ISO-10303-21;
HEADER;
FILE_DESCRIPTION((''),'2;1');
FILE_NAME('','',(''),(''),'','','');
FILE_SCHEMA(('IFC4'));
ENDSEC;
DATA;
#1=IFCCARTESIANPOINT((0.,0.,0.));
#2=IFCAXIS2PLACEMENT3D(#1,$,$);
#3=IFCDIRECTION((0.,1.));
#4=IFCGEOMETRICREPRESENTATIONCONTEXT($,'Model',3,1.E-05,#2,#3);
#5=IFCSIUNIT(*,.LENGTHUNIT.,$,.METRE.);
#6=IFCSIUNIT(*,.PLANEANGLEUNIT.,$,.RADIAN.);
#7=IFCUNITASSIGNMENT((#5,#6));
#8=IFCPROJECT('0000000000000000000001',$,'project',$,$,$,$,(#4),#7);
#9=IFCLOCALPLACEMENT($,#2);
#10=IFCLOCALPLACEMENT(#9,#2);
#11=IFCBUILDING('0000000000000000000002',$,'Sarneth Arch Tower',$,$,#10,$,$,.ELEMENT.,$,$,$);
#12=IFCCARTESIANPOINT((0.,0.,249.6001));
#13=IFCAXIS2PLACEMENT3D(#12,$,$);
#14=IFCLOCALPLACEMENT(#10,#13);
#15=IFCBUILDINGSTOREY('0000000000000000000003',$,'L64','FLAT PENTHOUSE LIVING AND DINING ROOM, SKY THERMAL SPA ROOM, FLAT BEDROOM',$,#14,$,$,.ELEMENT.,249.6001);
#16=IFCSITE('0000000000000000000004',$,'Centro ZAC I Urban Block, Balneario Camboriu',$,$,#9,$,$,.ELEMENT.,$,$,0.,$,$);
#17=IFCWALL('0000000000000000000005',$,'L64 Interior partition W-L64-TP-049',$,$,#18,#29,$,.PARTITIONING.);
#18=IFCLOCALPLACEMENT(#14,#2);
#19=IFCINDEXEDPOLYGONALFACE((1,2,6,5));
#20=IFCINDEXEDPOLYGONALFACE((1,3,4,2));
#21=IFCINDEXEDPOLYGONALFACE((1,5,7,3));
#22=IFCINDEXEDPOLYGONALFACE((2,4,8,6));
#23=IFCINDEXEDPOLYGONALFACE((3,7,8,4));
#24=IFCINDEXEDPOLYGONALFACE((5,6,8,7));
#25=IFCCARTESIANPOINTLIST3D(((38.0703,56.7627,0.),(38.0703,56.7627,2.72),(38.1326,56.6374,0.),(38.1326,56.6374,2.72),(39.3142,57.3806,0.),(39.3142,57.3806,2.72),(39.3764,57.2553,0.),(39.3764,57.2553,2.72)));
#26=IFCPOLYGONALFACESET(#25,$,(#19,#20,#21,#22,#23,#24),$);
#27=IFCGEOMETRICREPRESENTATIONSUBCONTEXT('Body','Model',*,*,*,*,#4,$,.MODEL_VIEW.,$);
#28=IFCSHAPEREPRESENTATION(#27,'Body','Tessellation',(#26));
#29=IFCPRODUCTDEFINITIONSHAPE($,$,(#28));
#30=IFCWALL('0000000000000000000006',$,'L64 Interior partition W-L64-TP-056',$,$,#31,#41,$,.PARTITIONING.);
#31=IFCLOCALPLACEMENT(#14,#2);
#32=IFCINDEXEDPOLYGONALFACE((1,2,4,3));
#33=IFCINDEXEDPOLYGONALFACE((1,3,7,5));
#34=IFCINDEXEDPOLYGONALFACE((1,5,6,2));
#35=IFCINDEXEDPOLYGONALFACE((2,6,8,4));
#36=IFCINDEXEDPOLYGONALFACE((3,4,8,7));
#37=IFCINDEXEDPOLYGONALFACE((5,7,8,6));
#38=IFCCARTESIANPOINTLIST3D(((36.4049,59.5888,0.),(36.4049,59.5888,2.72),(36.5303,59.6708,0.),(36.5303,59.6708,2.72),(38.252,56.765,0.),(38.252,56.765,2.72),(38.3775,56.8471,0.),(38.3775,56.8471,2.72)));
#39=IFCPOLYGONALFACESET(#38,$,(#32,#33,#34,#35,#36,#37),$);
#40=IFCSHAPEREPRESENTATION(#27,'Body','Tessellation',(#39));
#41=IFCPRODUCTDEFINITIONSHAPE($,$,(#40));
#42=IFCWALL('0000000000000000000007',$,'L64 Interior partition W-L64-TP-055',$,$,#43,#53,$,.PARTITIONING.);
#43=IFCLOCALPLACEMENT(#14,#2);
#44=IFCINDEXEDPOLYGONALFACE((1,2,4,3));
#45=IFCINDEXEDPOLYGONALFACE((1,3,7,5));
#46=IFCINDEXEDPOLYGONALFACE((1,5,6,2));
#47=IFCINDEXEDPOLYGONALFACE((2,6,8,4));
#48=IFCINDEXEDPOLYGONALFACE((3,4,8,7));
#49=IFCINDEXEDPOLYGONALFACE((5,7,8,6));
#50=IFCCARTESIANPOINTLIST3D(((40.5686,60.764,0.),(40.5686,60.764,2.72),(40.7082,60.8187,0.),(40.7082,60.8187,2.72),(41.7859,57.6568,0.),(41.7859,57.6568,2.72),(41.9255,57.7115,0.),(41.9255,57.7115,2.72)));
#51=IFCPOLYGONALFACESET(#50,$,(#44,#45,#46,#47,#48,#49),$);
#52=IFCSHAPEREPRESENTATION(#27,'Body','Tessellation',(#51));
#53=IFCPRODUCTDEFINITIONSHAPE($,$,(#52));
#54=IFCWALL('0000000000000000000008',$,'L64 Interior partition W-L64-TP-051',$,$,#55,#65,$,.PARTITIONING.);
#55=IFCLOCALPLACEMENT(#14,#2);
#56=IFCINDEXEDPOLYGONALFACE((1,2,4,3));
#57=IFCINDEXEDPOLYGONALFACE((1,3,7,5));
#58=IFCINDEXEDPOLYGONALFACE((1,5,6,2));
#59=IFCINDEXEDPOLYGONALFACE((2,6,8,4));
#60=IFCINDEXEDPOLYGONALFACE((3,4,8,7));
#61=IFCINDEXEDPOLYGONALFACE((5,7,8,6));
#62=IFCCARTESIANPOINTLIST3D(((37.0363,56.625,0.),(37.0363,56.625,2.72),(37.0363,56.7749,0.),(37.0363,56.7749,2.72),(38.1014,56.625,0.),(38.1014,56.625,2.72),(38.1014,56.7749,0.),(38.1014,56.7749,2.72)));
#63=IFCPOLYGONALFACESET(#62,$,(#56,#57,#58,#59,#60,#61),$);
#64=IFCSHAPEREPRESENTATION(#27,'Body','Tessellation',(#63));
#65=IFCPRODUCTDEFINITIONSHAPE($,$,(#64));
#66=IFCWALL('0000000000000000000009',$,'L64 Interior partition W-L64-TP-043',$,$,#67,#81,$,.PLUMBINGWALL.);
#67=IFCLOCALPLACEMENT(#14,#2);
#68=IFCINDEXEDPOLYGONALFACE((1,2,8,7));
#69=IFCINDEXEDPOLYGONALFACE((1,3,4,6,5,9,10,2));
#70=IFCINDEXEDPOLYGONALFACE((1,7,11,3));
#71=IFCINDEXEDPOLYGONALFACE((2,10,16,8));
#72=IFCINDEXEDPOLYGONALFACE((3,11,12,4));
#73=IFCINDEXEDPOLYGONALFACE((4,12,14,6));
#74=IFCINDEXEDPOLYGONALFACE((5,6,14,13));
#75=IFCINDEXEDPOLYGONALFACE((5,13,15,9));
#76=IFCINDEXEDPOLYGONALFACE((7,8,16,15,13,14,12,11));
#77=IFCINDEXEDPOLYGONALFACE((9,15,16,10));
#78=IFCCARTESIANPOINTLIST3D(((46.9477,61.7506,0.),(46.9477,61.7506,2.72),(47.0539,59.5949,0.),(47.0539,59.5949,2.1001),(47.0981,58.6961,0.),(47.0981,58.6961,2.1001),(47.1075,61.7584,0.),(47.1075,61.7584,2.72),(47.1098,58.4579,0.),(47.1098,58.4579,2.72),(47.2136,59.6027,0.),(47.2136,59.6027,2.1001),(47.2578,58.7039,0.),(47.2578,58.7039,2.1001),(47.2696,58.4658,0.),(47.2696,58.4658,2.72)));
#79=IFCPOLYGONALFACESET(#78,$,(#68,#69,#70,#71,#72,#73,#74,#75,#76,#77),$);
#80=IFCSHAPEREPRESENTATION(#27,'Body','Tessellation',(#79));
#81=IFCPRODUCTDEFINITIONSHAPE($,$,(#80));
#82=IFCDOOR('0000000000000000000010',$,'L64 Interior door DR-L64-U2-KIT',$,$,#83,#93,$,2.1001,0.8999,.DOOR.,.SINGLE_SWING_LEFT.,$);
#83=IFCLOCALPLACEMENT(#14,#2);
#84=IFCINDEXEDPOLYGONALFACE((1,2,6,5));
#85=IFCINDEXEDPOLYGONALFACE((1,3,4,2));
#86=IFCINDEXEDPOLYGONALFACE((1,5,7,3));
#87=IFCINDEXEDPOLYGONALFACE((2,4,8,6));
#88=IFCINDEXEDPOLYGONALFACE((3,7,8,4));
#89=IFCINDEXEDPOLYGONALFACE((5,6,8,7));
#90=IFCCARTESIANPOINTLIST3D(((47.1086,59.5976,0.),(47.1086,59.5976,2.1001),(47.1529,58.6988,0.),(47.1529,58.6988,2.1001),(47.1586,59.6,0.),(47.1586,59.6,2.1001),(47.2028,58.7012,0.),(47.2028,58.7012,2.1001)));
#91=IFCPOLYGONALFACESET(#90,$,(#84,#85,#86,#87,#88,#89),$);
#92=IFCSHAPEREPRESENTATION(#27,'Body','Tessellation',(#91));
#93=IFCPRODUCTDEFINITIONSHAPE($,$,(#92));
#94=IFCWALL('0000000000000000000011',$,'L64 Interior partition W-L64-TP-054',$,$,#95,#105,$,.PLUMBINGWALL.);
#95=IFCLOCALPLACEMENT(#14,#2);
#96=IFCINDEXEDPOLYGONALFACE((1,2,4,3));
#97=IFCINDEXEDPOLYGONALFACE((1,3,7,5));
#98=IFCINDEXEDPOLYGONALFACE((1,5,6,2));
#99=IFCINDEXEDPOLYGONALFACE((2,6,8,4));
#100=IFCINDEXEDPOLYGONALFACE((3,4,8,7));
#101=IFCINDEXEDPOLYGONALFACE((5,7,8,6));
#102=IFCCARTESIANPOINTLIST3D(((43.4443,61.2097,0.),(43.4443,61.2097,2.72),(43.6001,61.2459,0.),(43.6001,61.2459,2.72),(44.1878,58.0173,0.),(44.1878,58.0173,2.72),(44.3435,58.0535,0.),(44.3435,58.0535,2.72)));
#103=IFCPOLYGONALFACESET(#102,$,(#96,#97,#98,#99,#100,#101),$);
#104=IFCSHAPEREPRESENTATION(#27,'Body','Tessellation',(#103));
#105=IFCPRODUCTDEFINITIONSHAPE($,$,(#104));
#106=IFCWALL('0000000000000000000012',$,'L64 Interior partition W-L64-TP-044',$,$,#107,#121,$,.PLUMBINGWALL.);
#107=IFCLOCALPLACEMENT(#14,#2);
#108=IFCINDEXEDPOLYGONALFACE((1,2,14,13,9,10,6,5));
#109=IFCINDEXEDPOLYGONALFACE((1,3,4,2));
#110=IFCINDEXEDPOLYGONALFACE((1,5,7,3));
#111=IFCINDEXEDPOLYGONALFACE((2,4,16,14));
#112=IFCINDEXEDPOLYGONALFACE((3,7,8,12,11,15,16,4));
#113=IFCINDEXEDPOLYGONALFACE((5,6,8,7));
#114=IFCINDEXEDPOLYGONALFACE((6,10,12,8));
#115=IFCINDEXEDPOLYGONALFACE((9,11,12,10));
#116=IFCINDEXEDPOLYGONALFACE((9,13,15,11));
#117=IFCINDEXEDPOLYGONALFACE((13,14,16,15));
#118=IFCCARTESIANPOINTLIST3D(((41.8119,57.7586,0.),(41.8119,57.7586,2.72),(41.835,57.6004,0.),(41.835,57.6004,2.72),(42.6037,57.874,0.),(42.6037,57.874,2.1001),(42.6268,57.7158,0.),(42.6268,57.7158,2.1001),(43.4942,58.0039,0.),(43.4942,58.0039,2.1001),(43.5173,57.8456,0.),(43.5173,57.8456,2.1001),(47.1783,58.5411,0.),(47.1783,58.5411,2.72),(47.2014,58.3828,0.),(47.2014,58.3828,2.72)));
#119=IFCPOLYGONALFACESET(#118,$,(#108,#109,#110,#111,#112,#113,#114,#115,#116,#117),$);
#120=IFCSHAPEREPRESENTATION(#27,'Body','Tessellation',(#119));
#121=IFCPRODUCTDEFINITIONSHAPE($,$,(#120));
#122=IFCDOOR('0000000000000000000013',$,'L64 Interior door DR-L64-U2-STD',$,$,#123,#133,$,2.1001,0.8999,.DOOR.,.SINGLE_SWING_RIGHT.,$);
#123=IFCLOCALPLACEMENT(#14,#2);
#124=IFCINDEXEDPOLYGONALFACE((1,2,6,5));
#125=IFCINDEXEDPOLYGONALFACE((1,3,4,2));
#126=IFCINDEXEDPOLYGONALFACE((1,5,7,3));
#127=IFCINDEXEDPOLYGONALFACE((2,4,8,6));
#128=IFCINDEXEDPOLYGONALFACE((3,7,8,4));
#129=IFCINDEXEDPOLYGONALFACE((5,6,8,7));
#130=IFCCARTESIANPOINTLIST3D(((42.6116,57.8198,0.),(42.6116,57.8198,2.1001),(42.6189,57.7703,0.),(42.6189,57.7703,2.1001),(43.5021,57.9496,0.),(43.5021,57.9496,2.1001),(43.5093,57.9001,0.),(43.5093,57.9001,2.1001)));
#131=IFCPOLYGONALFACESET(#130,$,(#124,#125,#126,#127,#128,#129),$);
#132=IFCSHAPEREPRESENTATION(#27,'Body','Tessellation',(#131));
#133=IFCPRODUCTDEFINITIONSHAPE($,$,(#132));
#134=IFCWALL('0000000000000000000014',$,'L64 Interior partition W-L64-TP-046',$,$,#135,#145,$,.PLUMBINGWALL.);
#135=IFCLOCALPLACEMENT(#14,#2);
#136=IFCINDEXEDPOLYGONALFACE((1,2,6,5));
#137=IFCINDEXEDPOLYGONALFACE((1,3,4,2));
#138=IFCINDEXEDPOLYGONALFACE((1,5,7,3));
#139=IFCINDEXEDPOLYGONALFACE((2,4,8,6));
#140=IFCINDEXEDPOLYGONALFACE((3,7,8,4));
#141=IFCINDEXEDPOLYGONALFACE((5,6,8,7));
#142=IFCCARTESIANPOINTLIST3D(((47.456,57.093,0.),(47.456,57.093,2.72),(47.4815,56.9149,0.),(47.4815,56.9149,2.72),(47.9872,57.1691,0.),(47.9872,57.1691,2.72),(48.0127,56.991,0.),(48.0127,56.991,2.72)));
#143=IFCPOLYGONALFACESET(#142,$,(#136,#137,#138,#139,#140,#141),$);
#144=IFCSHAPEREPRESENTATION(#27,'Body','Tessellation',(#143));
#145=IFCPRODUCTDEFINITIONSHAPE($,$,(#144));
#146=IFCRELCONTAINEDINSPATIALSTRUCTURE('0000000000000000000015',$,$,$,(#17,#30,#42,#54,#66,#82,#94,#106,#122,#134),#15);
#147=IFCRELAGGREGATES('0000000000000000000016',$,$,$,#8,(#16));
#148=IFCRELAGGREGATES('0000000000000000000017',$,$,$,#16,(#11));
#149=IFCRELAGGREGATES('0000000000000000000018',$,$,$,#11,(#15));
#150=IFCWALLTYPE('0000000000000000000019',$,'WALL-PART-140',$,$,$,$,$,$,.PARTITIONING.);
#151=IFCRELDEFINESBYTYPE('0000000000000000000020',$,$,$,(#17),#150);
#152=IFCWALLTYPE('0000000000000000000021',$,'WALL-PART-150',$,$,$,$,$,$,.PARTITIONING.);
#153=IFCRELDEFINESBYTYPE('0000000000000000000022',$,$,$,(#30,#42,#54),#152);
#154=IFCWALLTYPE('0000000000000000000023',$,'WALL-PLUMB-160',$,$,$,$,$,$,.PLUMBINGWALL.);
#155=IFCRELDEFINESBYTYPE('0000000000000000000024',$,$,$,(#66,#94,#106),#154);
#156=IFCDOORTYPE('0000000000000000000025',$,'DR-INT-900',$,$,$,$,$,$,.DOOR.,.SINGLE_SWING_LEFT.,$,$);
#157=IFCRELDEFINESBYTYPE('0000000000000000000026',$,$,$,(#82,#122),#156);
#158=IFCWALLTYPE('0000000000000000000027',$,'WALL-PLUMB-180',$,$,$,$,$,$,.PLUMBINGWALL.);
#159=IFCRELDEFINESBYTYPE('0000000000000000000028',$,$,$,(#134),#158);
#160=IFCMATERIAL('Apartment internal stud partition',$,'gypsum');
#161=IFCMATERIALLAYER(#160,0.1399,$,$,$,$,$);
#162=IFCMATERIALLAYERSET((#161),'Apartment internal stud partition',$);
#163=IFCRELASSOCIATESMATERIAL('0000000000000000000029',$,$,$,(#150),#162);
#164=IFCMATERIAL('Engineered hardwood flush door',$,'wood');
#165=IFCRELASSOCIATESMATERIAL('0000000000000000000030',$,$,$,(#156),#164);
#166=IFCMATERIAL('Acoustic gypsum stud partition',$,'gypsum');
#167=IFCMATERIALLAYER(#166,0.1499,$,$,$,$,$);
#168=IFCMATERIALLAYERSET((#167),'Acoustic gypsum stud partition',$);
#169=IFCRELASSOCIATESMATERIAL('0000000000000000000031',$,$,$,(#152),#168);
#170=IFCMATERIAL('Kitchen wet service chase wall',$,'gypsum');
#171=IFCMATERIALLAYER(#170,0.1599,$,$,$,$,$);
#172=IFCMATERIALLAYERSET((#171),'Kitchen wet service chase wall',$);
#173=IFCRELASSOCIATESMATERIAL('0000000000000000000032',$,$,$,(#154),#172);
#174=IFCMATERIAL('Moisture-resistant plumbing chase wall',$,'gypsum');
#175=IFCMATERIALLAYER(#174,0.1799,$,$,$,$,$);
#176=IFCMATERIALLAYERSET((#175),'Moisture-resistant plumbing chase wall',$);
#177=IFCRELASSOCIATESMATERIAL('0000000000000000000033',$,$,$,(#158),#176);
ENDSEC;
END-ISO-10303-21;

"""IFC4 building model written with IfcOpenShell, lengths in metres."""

from ifc_helpers import new_model, si_unit, direction, frame, frame_2d, origin, place, context, subcontext, project, spatial, rectangle, extrude, material, layer, layer_set, type_object, element, fill, save


model = new_model("IFC4")

# Units and contexts
model_context = context("Model", 3, precision=1e-05, world=origin(), true_north=direction((0.0, 1.0)))
body_context = subcontext(model_context, "Body", "Model", "MODEL_VIEW")
ifc_project = project(units=[si_unit("LENGTHUNIT", "METRE"), si_unit("PLANEANGLEUNIT", "RADIAN")], contexts=[model_context])

# Site, building, storey
site_placement = place(None, origin())
site = spatial("IfcSite", under=ifc_project, at=site_placement, Name="Centro ZAC I Urban Block, Balneario Camboriu", CompositionType="ELEMENT", RefElevation=0.0)
building_placement = place(site_placement, origin())
building = spatial("IfcBuilding", under=site, at=building_placement, Name="Sarneth Arch Tower", CompositionType="ELEMENT")
storey_placement = place(building_placement, frame((0.0, 0.0, 249.6001)))
storey = spatial("IfcBuildingStorey", under=building, at=storey_placement, Name="L64", Description="FLAT PENTHOUSE LIVING AND DINING ROOM, SKY THERMAL SPA ROOM, FLAT BEDROOM", CompositionType="ELEMENT", Elevation=249.6001)

# Shared definitions
ifc_material_1 = material(Name="Apartment internal stud partition", Category="gypsum")
ifc_layer_1 = layer(ifc_material_1, 0.1399)
ifc_layer_set_1 = layer_set([ifc_layer_1], Name="Apartment internal stud partition")
wall_type_1 = type_object("IfcWallType", Name="WALL-PART-140", PredefinedType="PARTITIONING", material=ifc_layer_set_1)
ifc_material_2 = material(Name="Engineered hardwood flush door", Category="wood")
door_type_1 = type_object("IfcDoorType", Name="DR-INT-900", OperationType="SINGLE_SWING_LEFT", PredefinedType="DOOR", material=ifc_material_2)

# Walls
wall_1_placement = place(storey_placement, frame((39.3452, 57.3179, 0.0), z_axis=(0.0, 0.0, 1.0), x_axis=(-0.895584, -0.444892, 0.0)))
element("IfcWall", 1, at=wall_1_placement, inside=storey, type_object=wall_type_1, Name="L64 Interior partition W-L64-TP-049", PredefinedType="PARTITIONING", context=body_context, shape_type="SweptSolid", body=[
    extrude(rectangle(XDim=1.3889, YDim=0.1399, at=frame_2d((0.6943, 0.0))), origin(), (0.0, 0.0, 1.0), 2.72),
])
ifc_material_3 = material(Name="Acoustic gypsum stud partition", Category="gypsum")
ifc_layer_2 = layer(ifc_material_3, 0.1499)
ifc_layer_set_2 = layer_set([ifc_layer_2], Name="Acoustic gypsum stud partition")
wall_type_2 = type_object("IfcWallType", Name="WALL-PART-150", PredefinedType="PARTITIONING", material=ifc_layer_set_2)
wall_2_placement = place(storey_placement, frame((38.3147, 56.8062, 0.0), z_axis=(0.0, 0.0, 1.0), x_axis=(-0.547433, 0.83685, 0.0)))
element("IfcWall", 2, at=wall_2_placement, inside=storey, type_object=wall_type_2, Name="L64 Interior partition W-L64-TP-056", PredefinedType="PARTITIONING", context=body_context, shape_type="SweptSolid", body=[
    extrude(rectangle(XDim=3.3743, YDim=0.1499, at=frame_2d((1.687, 0.0))), origin(), (0.0, 0.0, 1.0), 2.72),
])
wall_3_placement = place(storey_placement, frame((40.6384, 60.7913, 0.0), z_axis=(0.0, 0.0, 1.0), x_axis=(0.364772, -0.931097, 0.0)))
element("IfcWall", 3, at=wall_3_placement, inside=storey, type_object=wall_type_2, Name="L64 Interior partition W-L64-TP-055", PredefinedType="PARTITIONING", context=body_context, shape_type="SweptSolid", body=[
    extrude(rectangle(XDim=3.3372, YDim=0.1499, at=frame_2d((1.6685, 0.0))), origin(), (0.0, 0.0, 1.0), 2.72),
])
wall_4_placement = place(storey_placement, frame((37.0361, 56.7, 0.0), z_axis=(0.0, 0.0, 1.0), x_axis=(1.0, 0.0, 0.0)))
element("IfcWall", 4, at=wall_4_placement, inside=storey, type_object=wall_type_2, Name="L64 Interior partition W-L64-TP-051", PredefinedType="PARTITIONING", context=body_context, shape_type="SweptSolid", body=[
    extrude(rectangle(XDim=1.0652, YDim=0.1499, at=frame_2d((0.5327, 0.0))), origin(), (0.0, 0.0, 1.0), 2.72),
])

# Wall, opening, door
ifc_material_4 = material(Name="Kitchen wet service chase wall", Category="gypsum")
ifc_layer_3 = layer(ifc_material_4, 0.1599)
ifc_layer_set_3 = layer_set([ifc_layer_3], Name="Kitchen wet service chase wall")
wall_type_3 = type_object("IfcWallType", Name="WALL-PLUMB-160", PredefinedType="PLUMBINGWALL", material=ifc_layer_set_3)
wall_5_placement = place(storey_placement, frame((47.0276, 61.7546, 0.0), z_axis=(0.0, 0.0, 1.0), x_axis=(0.049173, -0.99879, 0.0)))
wall_5 = element("IfcWall", 5, at=wall_5_placement, inside=storey, type_object=wall_type_3, Name="L64 Interior partition W-L64-TP-043", PredefinedType="PLUMBINGWALL", context=body_context, shape_type="SweptSolid", body=[
    extrude(rectangle(XDim=3.2966, YDim=0.1599, at=frame_2d((1.6484, 0.0))), origin(), (0.0, 0.0, 1.0), 2.72),
])
opening_1_placement = place(wall_5_placement, frame((2.1584, 0.0, 0.0)))
opening_1 = element("IfcOpeningElement", 6, at=opening_1_placement, cuts=wall_5, PredefinedType="OPENING", context=body_context, shape_type="SweptSolid", body=[
    extrude(rectangle(XDim=0.8999, YDim=2.1001, at=frame_2d((0.45, 1.05))), frame((0.0, 0.0898, 0.0), z_axis=(0.0, -1.0, 0.0), x_axis=(1.0, 0.0, 0.0)), (0.0, 0.0, 1.0), 0.1799),
])
door_1_placement = place(opening_1_placement, origin())
door_1 = element("IfcDoor", 7, at=door_1_placement, inside=storey, type_object=door_type_1, Name="L64 Interior door DR-L64-U2-KIT", OperationType="SINGLE_SWING_LEFT", OverallHeight=2.1001, OverallWidth=0.8999, PredefinedType="DOOR", context=body_context, shape_type="SweptSolid", body=[
    extrude(rectangle(XDim=0.8999, YDim=2.1001, at=frame_2d((0.45, 1.05))), frame((0.0, 0.0249, 0.0), z_axis=(0.0, -1.0, 0.0), x_axis=(1.0, 0.0, 0.0)), (0.0, 0.0, 1.0), 0.05),
])
fill(opening_1, door_1)

# Wall
wall_6_placement = place(storey_placement, frame((44.2656, 58.0354, 0.0), z_axis=(0.0, 0.0, 1.0), x_axis=(-0.226801, 0.973941, 0.0)))
element("IfcWall", 8, at=wall_6_placement, inside=storey, type_object=wall_type_3, Name="L64 Interior partition W-L64-TP-054", PredefinedType="PLUMBINGWALL", context=body_context, shape_type="SweptSolid", body=[
    extrude(rectangle(XDim=3.2778, YDim=0.1599, at=frame_2d((1.6389, 0.0))), origin(), (0.0, 0.0, 1.0), 2.72),
])

# Wall, opening, door
wall_7_placement = place(storey_placement, frame((47.1897, 58.4619, 0.0), z_axis=(0.0, 0.0, 1.0), x_axis=(-0.989537, -0.144282, 0.0)))
wall_7 = element("IfcWall", 9, at=wall_7_placement, inside=storey, type_object=wall_type_3, Name="L64 Interior partition W-L64-TP-044", PredefinedType="PLUMBINGWALL", context=body_context, shape_type="SweptSolid", body=[
    extrude(rectangle(XDim=5.4231, YDim=0.1599, at=frame_2d((2.7114, 0.0))), origin(), (0.0, 0.0, 1.0), 2.72),
])
opening_2_placement = place(wall_7_placement, frame((3.7229, 0.0, 0.0)))
opening_2 = element("IfcOpeningElement", 10, at=opening_2_placement, cuts=wall_7, PredefinedType="OPENING", context=body_context, shape_type="SweptSolid", body=[
    extrude(rectangle(XDim=0.8999, YDim=2.1001, at=frame_2d((0.45, 1.05))), frame((0.0, 0.0898, 0.0), z_axis=(0.0, -1.0, 0.0), x_axis=(1.0, 0.0, 0.0)), (0.0, 0.0, 1.0), 0.1799),
])
door_2_placement = place(opening_2_placement, origin())
door_2 = element("IfcDoor", 11, at=door_2_placement, inside=storey, type_object=door_type_1, Name="L64 Interior door DR-L64-U2-STD", OperationType="SINGLE_SWING_RIGHT", OverallHeight=2.1001, OverallWidth=0.8999, PredefinedType="DOOR", context=body_context, shape_type="SweptSolid", body=[
    extrude(rectangle(XDim=0.8999, YDim=2.1001, at=frame_2d((0.45, 1.05))), frame((0.0, 0.0249, 0.0), z_axis=(0.0, -1.0, 0.0), x_axis=(1.0, 0.0, 0.0)), (0.0, 0.0, 1.0), 0.05),
])
fill(opening_2, door_2)

# Wall
ifc_material_5 = material(Name="Moisture-resistant plumbing chase wall", Category="gypsum")
ifc_layer_4 = layer(ifc_material_5, 0.1799)
ifc_layer_set_4 = layer_set([ifc_layer_4], Name="Moisture-resistant plumbing chase wall")
wall_type_4 = type_object("IfcWallType", Name="WALL-PLUMB-180", PredefinedType="PLUMBINGWALL", material=ifc_layer_set_4)
wall_8_placement = place(storey_placement, frame((47.4688, 57.0039, 0.0), z_axis=(0.0, 0.0, 1.0), x_axis=(0.989877, 0.141931, 0.0)))
element("IfcWall", 12, at=wall_8_placement, inside=storey, type_object=wall_type_4, Name="L64 Interior partition W-L64-TP-046", PredefinedType="PLUMBINGWALL", context=body_context, shape_type="SweptSolid", body=[
    extrude(rectangle(XDim=0.5366, YDim=0.1799, at=frame_2d((0.2683, 0.0))), origin(), (0.0, 0.0, 1.0), 2.72),
])

save(model, "model.ifc")
